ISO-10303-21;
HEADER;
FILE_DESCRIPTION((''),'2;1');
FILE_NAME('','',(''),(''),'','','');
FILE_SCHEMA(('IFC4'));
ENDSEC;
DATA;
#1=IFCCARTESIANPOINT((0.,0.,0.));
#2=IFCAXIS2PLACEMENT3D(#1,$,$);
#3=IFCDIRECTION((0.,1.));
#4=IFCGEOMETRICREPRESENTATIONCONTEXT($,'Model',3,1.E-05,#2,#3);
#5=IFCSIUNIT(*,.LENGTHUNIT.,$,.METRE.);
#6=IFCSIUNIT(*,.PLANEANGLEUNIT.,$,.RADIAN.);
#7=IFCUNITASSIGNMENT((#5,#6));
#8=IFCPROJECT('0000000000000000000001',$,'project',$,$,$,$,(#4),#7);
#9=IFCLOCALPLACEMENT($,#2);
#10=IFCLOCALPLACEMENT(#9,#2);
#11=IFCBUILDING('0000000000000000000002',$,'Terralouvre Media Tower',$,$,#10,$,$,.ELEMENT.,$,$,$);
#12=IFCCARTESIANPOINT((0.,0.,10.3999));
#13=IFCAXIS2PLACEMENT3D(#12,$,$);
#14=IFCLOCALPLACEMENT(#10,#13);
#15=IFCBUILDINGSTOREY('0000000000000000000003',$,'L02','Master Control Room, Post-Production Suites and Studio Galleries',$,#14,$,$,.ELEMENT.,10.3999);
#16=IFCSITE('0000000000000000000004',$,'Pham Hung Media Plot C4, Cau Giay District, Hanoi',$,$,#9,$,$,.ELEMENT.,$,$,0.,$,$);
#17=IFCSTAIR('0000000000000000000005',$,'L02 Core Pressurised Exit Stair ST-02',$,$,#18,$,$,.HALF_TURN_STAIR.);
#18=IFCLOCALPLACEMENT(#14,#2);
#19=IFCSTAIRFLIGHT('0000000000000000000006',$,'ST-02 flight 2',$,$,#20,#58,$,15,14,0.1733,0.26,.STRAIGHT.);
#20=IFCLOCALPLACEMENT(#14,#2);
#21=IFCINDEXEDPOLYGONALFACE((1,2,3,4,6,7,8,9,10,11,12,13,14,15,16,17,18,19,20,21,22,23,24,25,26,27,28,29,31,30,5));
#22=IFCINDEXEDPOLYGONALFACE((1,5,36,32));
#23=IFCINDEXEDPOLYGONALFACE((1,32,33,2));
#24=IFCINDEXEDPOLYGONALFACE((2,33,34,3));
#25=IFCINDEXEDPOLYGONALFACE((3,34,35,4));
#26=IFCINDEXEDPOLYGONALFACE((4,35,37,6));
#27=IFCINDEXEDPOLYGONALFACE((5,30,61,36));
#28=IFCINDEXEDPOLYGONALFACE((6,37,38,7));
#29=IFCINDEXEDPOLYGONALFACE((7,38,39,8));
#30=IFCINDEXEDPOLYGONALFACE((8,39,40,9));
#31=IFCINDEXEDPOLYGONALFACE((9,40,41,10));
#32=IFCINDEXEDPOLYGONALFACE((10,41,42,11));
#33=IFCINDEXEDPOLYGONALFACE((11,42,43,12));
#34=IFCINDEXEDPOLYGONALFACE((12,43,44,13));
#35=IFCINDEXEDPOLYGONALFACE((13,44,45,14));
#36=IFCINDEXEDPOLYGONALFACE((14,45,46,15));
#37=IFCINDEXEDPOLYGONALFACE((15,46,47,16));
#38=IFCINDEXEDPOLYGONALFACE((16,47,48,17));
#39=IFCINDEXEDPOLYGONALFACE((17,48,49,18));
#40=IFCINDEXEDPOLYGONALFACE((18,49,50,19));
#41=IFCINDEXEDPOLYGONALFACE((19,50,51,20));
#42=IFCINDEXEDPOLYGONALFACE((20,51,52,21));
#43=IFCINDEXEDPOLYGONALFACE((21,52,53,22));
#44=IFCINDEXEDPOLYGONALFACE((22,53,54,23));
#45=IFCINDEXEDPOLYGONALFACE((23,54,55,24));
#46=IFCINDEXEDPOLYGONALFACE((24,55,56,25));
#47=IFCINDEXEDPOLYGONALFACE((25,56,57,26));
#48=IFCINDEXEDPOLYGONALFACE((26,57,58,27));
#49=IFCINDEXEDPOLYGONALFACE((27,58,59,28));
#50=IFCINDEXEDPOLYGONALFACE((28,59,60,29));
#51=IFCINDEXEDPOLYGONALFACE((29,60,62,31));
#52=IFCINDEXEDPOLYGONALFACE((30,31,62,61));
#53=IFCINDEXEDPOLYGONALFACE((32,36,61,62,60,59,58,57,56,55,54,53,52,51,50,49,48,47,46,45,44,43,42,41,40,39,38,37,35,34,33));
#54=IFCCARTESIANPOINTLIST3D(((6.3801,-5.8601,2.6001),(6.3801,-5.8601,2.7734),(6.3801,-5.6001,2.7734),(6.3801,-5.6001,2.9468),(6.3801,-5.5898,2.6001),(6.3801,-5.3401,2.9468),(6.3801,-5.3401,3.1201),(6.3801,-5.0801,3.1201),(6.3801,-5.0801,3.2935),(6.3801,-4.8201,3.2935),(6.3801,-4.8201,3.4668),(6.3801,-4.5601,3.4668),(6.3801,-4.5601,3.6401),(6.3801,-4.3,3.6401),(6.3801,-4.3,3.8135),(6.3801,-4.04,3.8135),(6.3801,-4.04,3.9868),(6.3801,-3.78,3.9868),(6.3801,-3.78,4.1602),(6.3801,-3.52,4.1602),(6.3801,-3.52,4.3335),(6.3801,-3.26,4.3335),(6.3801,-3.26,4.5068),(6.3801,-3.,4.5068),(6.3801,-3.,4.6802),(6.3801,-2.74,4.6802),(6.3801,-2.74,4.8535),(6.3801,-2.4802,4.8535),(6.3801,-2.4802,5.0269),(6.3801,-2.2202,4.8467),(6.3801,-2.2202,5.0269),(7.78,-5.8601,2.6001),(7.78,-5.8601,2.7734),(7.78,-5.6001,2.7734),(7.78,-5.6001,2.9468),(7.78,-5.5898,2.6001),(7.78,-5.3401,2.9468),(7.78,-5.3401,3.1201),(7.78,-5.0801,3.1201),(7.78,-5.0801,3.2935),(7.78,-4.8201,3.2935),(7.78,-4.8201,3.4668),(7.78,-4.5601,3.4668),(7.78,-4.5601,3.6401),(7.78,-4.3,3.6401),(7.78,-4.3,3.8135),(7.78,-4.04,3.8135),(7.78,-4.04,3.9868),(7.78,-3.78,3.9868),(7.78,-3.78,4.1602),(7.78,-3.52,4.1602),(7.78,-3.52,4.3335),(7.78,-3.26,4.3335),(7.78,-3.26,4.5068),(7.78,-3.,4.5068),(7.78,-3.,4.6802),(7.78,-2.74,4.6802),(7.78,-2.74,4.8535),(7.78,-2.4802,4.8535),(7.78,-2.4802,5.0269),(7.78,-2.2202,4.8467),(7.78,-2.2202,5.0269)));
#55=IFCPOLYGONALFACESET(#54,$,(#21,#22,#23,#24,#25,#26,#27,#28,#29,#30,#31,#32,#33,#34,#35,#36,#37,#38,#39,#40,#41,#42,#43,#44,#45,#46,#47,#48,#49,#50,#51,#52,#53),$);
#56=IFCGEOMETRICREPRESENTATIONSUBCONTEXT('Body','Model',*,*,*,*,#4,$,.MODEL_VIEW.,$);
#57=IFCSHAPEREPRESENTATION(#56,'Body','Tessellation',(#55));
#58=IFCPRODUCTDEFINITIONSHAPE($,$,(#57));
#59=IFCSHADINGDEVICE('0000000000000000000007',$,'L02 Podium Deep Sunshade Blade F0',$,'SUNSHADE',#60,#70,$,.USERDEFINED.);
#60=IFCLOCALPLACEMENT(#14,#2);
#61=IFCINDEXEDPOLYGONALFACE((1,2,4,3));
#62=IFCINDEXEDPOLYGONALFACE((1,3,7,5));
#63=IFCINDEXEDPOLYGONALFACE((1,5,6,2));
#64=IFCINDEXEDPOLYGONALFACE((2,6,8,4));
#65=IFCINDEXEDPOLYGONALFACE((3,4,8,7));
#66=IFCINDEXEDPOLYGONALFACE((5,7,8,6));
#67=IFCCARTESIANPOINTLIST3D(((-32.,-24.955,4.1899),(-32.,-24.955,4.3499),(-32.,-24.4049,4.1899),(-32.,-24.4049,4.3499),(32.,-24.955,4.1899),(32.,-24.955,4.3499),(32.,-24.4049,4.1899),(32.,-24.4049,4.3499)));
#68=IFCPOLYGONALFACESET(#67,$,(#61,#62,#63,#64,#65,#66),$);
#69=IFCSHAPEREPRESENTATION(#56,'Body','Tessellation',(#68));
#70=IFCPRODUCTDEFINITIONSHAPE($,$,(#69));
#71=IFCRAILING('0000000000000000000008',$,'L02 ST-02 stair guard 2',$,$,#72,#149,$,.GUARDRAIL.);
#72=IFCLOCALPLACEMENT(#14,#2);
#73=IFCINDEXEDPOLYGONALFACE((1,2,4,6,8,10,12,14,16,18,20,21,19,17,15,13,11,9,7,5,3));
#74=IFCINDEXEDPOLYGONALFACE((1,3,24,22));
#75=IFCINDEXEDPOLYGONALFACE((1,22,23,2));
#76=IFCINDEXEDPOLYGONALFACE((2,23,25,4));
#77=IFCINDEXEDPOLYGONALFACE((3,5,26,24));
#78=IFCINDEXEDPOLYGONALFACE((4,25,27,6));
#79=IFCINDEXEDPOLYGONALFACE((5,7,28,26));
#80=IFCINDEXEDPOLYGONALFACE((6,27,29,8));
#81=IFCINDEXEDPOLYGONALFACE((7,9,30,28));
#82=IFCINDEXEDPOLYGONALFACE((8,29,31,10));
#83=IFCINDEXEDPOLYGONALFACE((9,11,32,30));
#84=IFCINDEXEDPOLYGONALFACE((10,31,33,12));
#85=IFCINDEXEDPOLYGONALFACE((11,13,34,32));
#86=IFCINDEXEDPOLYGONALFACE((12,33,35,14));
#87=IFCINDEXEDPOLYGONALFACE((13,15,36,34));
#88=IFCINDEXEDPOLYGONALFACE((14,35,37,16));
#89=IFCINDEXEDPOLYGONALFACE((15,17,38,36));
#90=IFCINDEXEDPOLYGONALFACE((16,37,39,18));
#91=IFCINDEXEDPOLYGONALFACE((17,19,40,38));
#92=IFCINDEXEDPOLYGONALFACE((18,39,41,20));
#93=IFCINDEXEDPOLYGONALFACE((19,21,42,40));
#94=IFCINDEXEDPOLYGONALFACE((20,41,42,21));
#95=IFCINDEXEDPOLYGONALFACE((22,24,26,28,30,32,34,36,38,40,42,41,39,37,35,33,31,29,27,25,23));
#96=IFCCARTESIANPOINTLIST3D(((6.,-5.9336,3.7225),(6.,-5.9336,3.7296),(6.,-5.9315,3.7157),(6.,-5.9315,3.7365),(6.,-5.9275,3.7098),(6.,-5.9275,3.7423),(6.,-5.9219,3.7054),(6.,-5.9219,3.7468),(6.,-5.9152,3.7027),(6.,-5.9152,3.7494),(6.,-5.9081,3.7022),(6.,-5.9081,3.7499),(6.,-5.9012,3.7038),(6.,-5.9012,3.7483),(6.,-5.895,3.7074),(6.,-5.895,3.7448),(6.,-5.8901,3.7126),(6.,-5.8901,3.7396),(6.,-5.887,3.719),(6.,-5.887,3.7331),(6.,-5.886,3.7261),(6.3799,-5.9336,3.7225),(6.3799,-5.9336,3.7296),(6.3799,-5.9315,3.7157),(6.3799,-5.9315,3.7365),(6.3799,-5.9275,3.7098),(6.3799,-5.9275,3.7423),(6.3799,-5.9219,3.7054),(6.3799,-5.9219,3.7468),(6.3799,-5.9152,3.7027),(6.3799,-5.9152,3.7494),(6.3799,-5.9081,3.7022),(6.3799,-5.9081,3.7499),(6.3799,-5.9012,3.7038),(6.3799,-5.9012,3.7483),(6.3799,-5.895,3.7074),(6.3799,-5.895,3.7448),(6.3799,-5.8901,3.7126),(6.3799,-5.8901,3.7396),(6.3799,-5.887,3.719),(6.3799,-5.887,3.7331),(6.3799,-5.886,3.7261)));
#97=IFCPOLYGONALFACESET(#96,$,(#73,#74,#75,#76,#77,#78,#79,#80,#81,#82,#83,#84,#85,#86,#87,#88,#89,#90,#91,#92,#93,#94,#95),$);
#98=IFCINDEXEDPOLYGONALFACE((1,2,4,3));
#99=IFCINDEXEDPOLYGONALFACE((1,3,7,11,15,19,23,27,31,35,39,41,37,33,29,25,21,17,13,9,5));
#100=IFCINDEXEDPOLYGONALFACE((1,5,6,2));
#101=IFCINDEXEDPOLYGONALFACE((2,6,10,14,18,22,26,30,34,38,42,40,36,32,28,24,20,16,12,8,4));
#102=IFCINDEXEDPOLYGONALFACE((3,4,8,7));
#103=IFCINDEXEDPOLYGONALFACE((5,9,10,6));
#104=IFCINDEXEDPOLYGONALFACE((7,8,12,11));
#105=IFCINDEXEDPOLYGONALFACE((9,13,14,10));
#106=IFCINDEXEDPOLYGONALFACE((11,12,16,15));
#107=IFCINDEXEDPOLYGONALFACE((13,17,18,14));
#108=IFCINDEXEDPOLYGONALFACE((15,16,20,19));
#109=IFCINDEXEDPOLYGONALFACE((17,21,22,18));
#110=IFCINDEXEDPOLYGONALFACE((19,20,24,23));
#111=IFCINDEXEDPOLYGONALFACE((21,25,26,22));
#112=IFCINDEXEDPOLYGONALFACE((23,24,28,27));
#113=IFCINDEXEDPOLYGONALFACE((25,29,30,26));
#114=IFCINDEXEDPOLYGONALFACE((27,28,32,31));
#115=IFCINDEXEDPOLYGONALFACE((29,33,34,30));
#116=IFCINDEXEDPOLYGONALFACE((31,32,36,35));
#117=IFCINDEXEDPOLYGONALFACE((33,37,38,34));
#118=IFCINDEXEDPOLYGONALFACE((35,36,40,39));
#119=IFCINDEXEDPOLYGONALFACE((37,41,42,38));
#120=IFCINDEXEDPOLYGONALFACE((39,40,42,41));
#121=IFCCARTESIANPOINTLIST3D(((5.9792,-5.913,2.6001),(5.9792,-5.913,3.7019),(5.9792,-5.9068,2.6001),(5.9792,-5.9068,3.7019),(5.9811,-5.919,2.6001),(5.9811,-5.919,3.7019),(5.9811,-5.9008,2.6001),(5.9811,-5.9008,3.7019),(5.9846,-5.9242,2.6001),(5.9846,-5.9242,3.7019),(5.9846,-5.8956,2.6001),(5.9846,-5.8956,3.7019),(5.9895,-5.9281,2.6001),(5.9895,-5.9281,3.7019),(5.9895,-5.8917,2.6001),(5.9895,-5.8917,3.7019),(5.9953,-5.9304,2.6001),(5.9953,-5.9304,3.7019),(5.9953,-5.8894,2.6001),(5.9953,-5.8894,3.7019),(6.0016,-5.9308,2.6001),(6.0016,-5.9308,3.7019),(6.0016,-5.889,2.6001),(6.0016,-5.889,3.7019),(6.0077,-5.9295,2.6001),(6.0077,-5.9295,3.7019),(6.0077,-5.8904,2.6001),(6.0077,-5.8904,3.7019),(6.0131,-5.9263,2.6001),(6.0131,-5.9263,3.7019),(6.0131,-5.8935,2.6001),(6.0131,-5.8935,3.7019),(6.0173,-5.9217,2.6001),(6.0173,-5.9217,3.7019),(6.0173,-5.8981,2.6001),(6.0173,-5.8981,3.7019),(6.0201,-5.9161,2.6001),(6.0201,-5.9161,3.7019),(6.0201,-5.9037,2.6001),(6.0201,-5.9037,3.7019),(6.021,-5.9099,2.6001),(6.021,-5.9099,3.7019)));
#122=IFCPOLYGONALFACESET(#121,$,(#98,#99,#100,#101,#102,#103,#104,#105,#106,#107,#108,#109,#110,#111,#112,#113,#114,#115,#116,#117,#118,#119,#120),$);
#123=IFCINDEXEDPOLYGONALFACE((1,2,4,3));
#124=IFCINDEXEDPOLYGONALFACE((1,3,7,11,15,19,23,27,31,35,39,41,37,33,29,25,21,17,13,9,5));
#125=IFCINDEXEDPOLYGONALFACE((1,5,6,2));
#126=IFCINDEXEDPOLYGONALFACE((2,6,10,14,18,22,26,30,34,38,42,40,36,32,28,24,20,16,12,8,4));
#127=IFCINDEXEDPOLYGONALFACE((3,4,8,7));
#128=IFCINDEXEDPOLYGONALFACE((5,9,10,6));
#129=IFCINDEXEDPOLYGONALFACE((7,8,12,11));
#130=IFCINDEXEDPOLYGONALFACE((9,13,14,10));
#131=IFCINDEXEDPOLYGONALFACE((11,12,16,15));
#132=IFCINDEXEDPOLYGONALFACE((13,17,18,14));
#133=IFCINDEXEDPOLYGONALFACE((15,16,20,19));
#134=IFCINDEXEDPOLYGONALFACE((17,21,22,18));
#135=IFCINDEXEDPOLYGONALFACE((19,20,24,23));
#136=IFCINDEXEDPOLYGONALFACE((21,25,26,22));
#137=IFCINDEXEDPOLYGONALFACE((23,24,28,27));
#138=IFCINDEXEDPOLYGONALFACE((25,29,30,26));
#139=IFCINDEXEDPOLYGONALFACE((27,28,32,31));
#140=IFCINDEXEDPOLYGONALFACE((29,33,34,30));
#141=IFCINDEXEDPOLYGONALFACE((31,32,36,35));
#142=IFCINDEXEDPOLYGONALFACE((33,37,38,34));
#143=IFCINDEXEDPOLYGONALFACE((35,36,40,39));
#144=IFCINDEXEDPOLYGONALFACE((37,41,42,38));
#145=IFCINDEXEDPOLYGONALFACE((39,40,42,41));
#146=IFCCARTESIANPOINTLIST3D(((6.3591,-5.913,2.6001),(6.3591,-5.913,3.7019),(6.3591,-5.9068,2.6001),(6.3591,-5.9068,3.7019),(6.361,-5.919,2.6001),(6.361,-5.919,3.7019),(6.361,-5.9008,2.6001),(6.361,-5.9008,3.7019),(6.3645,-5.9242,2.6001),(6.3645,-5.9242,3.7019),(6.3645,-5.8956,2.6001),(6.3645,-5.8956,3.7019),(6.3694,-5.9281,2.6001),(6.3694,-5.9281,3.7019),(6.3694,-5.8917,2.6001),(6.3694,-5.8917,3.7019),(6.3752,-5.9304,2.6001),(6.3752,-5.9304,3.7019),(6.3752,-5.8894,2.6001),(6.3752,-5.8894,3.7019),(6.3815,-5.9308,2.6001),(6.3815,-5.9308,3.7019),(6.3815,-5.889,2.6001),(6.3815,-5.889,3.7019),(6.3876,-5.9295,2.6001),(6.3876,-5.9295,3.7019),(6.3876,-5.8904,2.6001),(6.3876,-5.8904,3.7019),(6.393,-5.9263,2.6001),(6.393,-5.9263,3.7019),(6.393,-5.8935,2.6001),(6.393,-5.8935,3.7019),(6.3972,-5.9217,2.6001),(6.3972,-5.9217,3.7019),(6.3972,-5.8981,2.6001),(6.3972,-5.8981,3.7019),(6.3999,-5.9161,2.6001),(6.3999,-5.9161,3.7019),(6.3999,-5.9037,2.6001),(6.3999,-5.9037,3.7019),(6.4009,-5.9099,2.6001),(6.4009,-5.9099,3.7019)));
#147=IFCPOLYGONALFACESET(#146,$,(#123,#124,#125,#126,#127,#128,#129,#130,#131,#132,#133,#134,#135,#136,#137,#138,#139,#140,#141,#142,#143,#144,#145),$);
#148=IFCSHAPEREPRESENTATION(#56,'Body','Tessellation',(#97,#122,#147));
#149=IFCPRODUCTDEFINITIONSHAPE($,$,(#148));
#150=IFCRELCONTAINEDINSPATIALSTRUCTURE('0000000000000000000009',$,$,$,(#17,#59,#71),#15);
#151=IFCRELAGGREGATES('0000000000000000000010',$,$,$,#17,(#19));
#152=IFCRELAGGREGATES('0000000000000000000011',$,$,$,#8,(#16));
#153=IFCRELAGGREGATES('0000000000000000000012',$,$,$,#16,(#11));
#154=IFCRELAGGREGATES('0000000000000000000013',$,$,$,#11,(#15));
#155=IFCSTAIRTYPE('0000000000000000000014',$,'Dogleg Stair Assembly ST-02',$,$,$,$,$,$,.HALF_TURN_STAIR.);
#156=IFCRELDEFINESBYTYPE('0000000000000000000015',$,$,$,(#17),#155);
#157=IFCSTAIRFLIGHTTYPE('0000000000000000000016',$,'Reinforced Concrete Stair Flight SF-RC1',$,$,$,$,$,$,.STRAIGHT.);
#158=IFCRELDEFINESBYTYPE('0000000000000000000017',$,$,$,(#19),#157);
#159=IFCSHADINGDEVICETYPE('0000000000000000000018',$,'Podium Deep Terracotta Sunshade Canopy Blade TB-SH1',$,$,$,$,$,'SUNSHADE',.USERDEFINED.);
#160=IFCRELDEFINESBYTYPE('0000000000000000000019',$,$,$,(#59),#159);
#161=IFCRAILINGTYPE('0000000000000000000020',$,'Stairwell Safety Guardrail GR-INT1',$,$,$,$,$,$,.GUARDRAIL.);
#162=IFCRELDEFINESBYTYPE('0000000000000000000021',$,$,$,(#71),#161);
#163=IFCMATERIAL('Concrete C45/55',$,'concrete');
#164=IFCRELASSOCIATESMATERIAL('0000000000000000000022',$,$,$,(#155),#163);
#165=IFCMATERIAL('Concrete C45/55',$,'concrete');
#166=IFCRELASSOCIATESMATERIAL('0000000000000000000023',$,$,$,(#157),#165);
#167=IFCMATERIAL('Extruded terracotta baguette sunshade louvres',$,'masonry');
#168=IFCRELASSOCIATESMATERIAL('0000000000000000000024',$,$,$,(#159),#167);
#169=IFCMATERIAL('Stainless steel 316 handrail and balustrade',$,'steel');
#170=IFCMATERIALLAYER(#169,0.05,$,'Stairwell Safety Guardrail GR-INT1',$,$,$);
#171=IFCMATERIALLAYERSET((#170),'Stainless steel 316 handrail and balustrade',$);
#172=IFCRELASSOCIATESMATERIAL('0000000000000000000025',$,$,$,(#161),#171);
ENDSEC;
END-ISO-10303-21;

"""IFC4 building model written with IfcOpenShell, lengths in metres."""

from ifc_helpers import new_model, si_unit, direction, frame, origin, origin_2d, place, context, subcontext, project, spatial, polyline, rectangle, circle, outline, extrude, material, layer, layer_set, type_object, element, aggregate, save


model = new_model("IFC4")

# Units and contexts
model_context = context("Model", 3, precision=1e-05, world=origin(), true_north=direction((0.0, 1.0)))
body_context = subcontext(model_context, "Body", "Model", "MODEL_VIEW")
ifc_project = project(units=[si_unit("LENGTHUNIT", "METRE"), si_unit("PLANEANGLEUNIT", "RADIAN")], contexts=[model_context])

# Site, building, storey
site_placement = place(None, origin())
site = spatial("IfcSite", under=ifc_project, at=site_placement, Name="Pham Hung Media Plot C4, Cau Giay District, Hanoi", CompositionType="ELEMENT", RefElevation=0.0)
building_placement = place(site_placement, origin())
building = spatial("IfcBuilding", under=site, at=building_placement, Name="Terralouvre Media Tower", CompositionType="ELEMENT")
storey_placement = place(building_placement, frame((0.0, 0.0, 10.3999)))
storey = spatial("IfcBuildingStorey", under=building, at=storey_placement, Name="L02", Description="Master Control Room, Post-Production Suites and Studio Galleries", CompositionType="ELEMENT", Elevation=10.3999)

# Stair, stair flight
ifc_material_1 = material(Name="Concrete C45/55", Category="concrete")
stair_type = type_object("IfcStairType", Name="Dogleg Stair Assembly ST-02", PredefinedType="HALF_TURN_STAIR", material=ifc_material_1)
stair_placement = place(storey_placement, origin())
stair = element("IfcStair", 1, at=stair_placement, inside=storey, type_object=stair_type, Name="L02 Core Pressurised Exit Stair ST-02", PredefinedType="HALF_TURN_STAIR")
ifc_material_2 = material(Name="Concrete C45/55", Category="concrete")
stair_flight_type = type_object("IfcStairFlightType", Name="Reinforced Concrete Stair Flight SF-RC1", PredefinedType="STRAIGHT", material=ifc_material_2)
stair_flight_placement = place(storey_placement, frame((7.0801, -5.8601, 2.6001), z_axis=(0.0, 0.0, 1.0), x_axis=(0.0, 1.0, 0.0)))
stair_flight = element("IfcStairFlight", 2, at=stair_flight_placement, type_object=stair_flight_type, Name="ST-02 flight 2", NumberOfRisers=15, NumberOfTreads=14, PredefinedType="STRAIGHT", RiserHeight=0.1733, TreadLength=0.26, context=body_context, shape_type="SweptSolid", body=[
    extrude(outline(polyline([(0.0, 0.0), (0.0, 0.1733), (0.26, 0.1733), (0.26, 0.3467), (0.52, 0.3467), (0.52, 0.52), (0.78, 0.52), (0.78, 0.6934), (1.04, 0.6934), (1.04, 0.8667), (1.3, 0.8667), (1.3, 1.04), (1.5601, 1.04), (1.5601, 1.2134), (1.8201, 1.2134), (1.8201, 1.3867), (2.0801, 1.3867), (2.0801, 1.5601), (2.3401, 1.5601), (2.3401, 1.7334), (2.6001, 1.7334), (2.6001, 1.9067), (2.8601, 1.9067), (2.8601, 2.0801), (3.1201, 2.0801), (3.1201, 2.2534), (3.3799, 2.2534), (3.3799, 2.4268), (3.6399, 2.4268), (3.6399, 2.6001), (3.6399, 2.2466), (0.2703, 0.0), (0.0, 0.0)])), frame((0.0, 0.7, 0.0), z_axis=(0.0, -1.0, 0.0), x_axis=(1.0, 0.0, 0.0)), (0.0, 0.0, 1.0), 1.3999),
])
aggregate(stair, [stair_flight])

# Shading device
ifc_material_3 = material(Name="Extruded terracotta baguette sunshade louvres", Category="masonry")
shading_device_type_1 = type_object("IfcShadingDeviceType", Name="Podium Deep Terracotta Sunshade Canopy Blade TB-SH1", ElementType="SUNSHADE", PredefinedType="USERDEFINED", material=ifc_material_3)
shading_device_1_placement = place(storey_placement, frame((0.0, -24.6799, 4.1899), z_axis=(0.0, 0.0, 1.0), x_axis=(1.0, 0.0, 0.0)))
element("IfcShadingDevice", 3, at=shading_device_1_placement, inside=storey, type_object=shading_device_type_1, Name="L02 Podium Deep Sunshade Blade F0", ObjectType="SUNSHADE", PredefinedType="USERDEFINED", context=body_context, shape_type="SweptSolid", body=[
    extrude(rectangle(XDim=64.0, YDim=0.55, at=origin_2d()), origin(), (0.0, 0.0, 1.0), 0.1599),
])

# Railing
ifc_material_4 = material(Name="Stainless steel 316 handrail and balustrade", Category="steel")
ifc_layer_1 = layer(ifc_material_4, 0.05, Name="Stairwell Safety Guardrail GR-INT1")
ifc_layer_set_1 = layer_set([ifc_layer_1], Name="Stainless steel 316 handrail and balustrade")
railing_type = type_object("IfcRailingType", Name="Stairwell Safety Guardrail GR-INT1", PredefinedType="GUARDRAIL", material=ifc_layer_set_1)
railing_1_placement = place(storey_placement, frame((6.0, -5.9099, 2.6001)))
element("IfcRailing", 4, at=railing_1_placement, inside=storey, type_object=railing_type, Name="L02 ST-02 stair guard 2", PredefinedType="GUARDRAIL", context=body_context, shape_type="SweptSolid", body=[
    extrude(circle(Radius=0.0239, at=origin_2d()), frame((0.0, 0.0, 1.126), z_axis=(1.0, 0.0, 0.0), x_axis=(0.0, 1.0, 0.0)), (0.0, 0.0, 1.0), 0.3799),
    extrude(circle(Radius=0.021, at=origin_2d()), origin(), (0.0, 0.0, 1.0), 1.1018),
    extrude(circle(Radius=0.021, at=origin_2d()), frame((0.3799, 0.0, 0.0)), (0.0, 0.0, 1.0), 1.1018),
])

save(model, "model.ifc")
